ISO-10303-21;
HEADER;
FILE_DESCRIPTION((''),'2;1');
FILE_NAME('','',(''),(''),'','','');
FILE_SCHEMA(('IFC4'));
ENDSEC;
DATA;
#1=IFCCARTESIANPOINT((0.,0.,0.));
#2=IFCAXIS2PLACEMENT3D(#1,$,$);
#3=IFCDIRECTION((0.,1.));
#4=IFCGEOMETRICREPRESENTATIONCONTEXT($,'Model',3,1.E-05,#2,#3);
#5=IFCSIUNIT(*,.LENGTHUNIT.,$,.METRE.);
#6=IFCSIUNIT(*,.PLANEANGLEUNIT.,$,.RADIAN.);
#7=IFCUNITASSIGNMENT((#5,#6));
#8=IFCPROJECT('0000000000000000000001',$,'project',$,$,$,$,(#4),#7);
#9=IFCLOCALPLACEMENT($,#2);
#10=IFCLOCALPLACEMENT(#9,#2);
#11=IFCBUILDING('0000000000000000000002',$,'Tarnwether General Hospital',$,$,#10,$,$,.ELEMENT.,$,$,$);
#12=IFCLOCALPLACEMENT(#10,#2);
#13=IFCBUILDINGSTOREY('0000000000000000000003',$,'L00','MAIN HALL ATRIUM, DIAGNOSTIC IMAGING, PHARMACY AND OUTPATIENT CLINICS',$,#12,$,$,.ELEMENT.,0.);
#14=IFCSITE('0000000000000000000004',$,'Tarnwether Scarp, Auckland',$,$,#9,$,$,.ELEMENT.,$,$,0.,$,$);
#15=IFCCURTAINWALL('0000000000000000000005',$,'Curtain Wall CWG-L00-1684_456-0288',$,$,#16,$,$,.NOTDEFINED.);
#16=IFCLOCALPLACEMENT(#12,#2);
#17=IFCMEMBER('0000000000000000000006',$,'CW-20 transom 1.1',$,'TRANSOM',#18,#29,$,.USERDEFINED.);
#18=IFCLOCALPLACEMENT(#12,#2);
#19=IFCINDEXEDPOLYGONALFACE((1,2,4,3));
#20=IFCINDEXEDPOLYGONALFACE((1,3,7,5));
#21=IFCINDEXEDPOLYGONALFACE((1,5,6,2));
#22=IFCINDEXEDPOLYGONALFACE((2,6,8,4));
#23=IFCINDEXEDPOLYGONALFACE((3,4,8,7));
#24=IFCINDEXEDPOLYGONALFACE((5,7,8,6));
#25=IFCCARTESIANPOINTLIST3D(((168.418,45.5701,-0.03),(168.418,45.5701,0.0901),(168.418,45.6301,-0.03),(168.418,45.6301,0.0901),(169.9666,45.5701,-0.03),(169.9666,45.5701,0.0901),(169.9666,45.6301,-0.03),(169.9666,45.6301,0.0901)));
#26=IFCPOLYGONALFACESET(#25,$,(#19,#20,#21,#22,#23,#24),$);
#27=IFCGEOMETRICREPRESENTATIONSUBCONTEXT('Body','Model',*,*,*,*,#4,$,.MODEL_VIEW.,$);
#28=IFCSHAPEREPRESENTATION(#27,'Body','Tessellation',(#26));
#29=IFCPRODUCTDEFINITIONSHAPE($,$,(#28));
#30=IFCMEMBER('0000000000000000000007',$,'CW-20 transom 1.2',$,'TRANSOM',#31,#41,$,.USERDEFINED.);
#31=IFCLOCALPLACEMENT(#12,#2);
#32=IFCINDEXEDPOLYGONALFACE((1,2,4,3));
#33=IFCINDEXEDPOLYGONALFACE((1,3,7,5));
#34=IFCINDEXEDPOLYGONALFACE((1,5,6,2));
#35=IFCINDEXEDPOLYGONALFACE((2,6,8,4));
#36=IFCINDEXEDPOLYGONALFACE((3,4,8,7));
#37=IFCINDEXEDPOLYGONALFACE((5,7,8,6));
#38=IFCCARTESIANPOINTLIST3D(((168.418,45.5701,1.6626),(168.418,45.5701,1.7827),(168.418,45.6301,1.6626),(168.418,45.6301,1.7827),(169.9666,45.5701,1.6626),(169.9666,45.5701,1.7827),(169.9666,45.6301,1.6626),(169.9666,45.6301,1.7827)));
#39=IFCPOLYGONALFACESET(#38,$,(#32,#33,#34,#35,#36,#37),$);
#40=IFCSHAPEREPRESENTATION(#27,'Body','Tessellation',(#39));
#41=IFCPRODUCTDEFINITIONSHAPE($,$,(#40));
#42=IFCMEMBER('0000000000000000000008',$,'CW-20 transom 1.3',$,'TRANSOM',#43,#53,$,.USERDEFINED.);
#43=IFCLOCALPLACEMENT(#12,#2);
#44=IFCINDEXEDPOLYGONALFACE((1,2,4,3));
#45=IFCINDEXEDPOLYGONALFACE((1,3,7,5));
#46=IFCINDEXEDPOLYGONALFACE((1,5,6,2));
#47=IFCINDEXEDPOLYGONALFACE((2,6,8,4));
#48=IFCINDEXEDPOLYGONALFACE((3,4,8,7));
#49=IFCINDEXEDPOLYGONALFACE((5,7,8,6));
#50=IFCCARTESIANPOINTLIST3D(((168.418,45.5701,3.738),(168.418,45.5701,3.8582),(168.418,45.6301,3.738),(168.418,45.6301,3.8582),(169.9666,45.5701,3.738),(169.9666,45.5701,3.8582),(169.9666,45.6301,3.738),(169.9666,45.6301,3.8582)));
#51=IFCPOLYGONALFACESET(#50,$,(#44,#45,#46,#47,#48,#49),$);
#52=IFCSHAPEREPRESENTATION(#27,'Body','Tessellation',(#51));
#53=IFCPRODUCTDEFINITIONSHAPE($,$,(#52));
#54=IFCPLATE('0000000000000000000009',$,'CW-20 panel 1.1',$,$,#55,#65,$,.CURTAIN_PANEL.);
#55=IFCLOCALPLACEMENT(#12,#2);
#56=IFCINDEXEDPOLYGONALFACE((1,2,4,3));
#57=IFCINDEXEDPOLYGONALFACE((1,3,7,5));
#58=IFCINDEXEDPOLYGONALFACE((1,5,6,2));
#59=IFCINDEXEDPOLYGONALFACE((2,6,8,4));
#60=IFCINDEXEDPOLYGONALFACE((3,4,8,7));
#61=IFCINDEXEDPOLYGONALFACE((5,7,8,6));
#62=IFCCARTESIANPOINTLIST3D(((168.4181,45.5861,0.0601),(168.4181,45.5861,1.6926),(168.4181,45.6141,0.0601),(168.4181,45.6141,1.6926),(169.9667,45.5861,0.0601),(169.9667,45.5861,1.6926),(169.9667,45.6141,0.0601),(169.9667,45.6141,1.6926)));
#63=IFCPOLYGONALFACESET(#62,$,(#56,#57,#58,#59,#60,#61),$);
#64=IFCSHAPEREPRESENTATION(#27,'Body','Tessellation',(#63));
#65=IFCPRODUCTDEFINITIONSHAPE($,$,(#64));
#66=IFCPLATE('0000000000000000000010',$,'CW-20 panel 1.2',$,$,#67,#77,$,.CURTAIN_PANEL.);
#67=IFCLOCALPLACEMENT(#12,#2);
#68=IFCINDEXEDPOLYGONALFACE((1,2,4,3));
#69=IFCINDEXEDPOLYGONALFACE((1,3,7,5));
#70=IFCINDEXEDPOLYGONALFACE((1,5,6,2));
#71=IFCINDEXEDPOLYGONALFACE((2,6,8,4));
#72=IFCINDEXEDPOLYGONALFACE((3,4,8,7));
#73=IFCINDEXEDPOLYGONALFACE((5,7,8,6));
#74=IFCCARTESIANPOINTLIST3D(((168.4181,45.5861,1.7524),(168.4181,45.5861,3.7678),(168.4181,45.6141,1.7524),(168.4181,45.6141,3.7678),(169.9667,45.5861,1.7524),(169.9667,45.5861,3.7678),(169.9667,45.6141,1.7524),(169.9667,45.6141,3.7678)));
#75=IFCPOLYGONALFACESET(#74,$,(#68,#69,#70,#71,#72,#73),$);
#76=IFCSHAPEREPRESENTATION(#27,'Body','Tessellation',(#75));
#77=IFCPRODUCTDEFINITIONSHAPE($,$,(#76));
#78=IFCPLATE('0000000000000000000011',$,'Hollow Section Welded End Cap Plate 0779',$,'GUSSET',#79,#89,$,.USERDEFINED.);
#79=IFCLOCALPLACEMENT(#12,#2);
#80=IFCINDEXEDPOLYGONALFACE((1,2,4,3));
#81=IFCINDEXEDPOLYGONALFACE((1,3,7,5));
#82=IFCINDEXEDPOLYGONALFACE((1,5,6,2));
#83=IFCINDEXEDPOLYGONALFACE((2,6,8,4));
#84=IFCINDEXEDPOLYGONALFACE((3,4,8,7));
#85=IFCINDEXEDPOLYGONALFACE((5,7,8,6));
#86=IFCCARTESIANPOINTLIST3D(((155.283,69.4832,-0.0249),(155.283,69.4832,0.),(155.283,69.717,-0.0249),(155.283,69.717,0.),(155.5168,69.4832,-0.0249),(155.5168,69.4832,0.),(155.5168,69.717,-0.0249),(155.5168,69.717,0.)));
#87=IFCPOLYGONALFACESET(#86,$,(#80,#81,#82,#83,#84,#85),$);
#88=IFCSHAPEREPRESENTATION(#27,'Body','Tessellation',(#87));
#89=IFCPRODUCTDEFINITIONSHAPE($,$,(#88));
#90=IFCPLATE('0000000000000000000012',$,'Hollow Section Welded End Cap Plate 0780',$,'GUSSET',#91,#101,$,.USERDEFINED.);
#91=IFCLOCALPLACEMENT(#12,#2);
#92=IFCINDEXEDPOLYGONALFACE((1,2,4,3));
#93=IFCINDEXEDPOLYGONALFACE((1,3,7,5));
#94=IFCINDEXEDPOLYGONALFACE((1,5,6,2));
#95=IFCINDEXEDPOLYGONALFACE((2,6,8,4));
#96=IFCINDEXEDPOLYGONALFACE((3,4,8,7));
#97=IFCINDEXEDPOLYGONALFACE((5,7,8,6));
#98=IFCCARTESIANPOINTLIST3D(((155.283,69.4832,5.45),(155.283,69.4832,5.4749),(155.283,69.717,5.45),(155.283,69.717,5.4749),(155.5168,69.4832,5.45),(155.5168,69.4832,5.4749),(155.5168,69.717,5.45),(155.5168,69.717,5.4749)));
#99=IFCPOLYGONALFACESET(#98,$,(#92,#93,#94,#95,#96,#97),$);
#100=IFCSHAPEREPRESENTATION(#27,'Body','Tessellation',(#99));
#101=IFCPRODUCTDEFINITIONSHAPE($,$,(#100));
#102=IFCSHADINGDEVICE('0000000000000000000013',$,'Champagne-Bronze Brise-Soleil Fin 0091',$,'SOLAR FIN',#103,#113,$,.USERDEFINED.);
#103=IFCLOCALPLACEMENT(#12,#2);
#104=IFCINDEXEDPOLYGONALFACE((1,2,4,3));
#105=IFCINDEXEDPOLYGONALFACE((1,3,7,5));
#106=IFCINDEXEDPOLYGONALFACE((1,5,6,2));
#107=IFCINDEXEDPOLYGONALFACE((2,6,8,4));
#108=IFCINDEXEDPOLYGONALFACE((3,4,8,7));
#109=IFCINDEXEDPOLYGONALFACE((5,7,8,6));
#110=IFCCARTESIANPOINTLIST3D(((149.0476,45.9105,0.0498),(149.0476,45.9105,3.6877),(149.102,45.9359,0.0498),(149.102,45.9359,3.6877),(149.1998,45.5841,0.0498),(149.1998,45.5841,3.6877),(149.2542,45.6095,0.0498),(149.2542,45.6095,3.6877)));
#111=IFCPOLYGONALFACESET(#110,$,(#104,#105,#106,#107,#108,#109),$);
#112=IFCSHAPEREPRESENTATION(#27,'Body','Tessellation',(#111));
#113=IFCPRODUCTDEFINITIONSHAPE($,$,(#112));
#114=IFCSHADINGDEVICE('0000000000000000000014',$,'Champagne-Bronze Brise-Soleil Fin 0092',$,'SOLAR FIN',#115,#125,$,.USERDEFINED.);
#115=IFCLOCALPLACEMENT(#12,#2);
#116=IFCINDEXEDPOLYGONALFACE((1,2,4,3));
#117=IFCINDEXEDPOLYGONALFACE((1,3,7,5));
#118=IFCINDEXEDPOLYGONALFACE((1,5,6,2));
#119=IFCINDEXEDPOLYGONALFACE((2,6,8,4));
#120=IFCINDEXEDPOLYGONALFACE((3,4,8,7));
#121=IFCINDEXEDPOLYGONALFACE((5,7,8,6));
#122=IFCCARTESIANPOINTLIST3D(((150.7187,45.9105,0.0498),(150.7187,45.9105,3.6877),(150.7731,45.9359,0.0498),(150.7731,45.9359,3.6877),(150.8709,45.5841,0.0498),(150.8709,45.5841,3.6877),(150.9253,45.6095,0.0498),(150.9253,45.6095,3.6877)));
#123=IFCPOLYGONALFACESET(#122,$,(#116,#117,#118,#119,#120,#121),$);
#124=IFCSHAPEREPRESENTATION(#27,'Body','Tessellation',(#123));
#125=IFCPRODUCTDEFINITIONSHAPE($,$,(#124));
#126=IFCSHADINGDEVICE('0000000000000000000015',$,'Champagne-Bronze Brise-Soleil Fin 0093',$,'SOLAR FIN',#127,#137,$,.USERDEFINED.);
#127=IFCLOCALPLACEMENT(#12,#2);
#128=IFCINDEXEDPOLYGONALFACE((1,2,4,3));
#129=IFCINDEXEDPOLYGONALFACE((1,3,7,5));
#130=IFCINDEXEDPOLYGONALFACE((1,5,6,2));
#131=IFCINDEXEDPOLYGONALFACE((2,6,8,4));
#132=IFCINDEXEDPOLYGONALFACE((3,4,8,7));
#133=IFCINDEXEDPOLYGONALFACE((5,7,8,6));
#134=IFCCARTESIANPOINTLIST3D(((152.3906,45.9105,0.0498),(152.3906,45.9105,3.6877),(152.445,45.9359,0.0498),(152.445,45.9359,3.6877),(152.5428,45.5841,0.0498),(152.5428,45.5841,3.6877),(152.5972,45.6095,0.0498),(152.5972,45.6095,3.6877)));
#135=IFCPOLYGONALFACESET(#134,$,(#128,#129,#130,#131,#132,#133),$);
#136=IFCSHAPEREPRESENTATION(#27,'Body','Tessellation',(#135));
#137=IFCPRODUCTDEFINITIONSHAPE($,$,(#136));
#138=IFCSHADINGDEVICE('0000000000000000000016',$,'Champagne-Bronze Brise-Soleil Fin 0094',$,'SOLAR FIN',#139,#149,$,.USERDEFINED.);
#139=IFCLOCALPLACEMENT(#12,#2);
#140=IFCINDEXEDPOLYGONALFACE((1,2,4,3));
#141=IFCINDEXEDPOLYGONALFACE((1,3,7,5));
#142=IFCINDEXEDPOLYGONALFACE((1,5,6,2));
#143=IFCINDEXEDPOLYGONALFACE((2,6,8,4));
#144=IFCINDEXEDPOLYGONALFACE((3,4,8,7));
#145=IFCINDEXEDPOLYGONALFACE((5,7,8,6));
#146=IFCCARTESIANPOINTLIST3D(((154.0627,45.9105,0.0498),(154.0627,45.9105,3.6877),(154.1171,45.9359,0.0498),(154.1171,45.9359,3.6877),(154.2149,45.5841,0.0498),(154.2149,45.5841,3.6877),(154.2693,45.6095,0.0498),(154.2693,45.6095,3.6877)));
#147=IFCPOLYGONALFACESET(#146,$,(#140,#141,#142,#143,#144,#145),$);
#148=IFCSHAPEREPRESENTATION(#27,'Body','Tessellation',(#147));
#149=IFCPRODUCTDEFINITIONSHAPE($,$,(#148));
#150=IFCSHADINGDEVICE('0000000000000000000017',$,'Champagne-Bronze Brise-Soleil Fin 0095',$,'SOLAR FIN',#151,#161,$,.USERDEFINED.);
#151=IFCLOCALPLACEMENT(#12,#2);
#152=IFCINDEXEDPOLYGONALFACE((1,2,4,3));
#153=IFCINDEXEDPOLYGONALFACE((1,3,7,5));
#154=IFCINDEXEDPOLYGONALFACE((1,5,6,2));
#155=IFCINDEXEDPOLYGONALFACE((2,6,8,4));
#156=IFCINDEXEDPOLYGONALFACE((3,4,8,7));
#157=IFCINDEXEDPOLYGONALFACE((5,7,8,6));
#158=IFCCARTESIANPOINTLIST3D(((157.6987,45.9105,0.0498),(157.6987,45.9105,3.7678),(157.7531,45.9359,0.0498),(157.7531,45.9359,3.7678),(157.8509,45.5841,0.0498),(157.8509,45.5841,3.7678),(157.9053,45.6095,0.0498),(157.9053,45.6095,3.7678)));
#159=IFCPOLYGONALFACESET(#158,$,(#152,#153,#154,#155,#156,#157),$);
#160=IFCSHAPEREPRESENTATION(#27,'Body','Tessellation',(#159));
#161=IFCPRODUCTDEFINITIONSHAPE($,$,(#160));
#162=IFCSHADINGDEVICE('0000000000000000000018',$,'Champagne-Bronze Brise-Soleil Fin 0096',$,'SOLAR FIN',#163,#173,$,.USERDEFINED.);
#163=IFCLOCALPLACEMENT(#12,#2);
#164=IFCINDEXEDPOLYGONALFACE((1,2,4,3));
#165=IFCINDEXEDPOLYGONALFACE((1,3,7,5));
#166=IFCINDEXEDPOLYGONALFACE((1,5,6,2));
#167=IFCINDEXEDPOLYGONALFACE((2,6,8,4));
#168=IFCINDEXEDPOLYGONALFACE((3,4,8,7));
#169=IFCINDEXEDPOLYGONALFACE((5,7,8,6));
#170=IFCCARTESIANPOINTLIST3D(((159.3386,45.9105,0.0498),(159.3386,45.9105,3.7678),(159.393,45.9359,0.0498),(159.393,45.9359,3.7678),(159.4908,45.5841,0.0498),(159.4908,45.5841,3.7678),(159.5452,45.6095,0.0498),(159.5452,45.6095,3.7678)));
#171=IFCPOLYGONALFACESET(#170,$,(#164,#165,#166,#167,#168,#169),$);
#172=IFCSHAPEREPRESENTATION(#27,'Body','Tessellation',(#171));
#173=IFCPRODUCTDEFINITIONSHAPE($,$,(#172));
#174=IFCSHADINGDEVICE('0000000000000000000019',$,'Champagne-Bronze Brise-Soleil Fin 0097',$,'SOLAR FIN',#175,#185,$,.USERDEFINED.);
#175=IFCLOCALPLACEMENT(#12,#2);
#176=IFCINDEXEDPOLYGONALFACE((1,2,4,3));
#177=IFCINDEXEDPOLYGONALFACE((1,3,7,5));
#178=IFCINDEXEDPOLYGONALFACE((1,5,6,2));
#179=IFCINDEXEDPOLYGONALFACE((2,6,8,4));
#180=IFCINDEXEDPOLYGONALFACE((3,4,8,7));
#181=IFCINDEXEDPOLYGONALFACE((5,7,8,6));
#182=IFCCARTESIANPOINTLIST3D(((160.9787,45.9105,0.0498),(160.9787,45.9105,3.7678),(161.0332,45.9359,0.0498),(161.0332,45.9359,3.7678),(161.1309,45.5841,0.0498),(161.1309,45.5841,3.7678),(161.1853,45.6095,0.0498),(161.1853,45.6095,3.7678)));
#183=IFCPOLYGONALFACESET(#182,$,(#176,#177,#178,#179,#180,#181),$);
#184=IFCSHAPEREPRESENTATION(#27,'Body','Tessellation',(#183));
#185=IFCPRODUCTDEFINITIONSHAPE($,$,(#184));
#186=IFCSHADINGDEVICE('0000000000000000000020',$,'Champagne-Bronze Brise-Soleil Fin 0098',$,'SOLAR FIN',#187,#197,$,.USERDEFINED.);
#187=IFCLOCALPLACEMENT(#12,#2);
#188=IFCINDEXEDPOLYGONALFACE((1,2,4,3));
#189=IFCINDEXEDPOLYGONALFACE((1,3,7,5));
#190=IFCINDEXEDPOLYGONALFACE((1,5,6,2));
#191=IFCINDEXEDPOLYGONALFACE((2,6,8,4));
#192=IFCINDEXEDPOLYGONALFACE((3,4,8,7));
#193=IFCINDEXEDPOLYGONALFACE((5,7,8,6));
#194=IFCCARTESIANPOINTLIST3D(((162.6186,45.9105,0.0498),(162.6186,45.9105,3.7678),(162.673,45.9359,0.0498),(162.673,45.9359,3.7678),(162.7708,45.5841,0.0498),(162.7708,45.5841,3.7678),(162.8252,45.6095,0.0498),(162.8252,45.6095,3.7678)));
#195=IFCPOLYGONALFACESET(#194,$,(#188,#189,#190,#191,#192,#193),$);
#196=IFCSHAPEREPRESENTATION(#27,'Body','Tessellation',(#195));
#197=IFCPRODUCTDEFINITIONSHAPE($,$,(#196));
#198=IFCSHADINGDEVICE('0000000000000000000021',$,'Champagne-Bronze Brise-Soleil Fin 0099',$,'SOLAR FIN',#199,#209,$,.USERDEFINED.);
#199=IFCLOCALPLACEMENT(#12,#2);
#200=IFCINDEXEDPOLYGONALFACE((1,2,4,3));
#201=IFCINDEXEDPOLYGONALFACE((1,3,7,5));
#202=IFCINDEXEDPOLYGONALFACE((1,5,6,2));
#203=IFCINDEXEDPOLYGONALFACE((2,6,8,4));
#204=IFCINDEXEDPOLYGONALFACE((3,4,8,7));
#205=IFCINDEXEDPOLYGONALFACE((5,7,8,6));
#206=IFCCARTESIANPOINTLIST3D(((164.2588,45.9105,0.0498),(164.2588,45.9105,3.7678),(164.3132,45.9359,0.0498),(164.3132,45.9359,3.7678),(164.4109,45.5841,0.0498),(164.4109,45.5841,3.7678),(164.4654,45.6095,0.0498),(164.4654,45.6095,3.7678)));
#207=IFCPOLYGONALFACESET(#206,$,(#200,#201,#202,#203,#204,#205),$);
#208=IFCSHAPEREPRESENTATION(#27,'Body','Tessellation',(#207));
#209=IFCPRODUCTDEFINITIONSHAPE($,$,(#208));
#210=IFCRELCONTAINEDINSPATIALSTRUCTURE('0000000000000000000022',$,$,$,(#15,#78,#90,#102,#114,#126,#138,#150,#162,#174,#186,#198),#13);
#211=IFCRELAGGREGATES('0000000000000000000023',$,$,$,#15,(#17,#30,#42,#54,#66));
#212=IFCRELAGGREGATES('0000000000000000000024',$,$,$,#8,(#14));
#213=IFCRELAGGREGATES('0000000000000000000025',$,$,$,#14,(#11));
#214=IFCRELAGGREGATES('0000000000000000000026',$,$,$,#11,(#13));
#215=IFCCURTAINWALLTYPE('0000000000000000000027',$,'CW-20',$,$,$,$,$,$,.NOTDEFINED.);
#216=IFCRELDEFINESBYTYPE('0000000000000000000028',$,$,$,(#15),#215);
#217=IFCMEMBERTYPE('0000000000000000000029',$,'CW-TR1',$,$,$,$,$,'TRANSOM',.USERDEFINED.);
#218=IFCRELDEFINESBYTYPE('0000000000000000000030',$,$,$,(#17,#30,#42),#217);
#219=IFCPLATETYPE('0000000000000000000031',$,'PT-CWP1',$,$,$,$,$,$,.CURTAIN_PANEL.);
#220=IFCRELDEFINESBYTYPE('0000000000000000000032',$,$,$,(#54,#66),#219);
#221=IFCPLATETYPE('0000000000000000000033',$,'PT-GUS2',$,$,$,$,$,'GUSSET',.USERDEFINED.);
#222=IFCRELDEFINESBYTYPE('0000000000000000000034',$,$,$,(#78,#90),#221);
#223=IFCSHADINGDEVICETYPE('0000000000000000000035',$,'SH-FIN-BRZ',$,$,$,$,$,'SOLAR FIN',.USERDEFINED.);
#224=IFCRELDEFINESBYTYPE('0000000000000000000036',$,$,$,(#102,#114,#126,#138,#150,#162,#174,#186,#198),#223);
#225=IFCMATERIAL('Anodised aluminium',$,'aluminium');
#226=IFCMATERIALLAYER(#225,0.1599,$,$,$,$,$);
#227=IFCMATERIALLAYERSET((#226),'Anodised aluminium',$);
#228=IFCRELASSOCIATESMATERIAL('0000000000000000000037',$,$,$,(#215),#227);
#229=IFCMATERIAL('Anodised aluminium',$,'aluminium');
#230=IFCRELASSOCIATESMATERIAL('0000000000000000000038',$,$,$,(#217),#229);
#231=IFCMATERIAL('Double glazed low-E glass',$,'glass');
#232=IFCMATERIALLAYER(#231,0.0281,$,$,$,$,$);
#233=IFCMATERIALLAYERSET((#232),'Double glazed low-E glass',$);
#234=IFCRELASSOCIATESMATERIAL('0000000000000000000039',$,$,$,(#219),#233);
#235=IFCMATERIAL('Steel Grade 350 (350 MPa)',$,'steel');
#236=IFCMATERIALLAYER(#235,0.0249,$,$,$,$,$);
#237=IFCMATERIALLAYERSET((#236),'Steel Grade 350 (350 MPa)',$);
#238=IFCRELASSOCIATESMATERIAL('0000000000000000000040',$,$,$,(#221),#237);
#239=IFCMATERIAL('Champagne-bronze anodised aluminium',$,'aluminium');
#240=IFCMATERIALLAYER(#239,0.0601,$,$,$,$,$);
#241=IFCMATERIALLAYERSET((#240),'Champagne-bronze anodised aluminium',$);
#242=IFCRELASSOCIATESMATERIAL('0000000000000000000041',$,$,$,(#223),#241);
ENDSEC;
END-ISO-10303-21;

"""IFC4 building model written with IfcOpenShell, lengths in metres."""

from ifc_helpers import new_model, si_unit, direction, frame, origin, origin_2d, place, context, subcontext, project, spatial, rectangle, extrude, material, layer, layer_set, material_profile, profile_set, type_object, element, aggregate, save


model = new_model("IFC4")

# Units and contexts
model_context = context("Model", 3, precision=1e-05, world=origin(), true_north=direction((0.0, 1.0)))
body_context = subcontext(model_context, "Body", "Model", "MODEL_VIEW")
ifc_project = project(units=[si_unit("LENGTHUNIT", "METRE"), si_unit("PLANEANGLEUNIT", "RADIAN")], contexts=[model_context])

# Site, building, storey
site_placement = place(None, origin())
site = spatial("IfcSite", under=ifc_project, at=site_placement, Name="Tarnwether Scarp, Auckland", CompositionType="ELEMENT", RefElevation=0.0)
building_placement = place(site_placement, origin())
building = spatial("IfcBuilding", under=site, at=building_placement, Name="Tarnwether General Hospital", CompositionType="ELEMENT")
storey_placement = place(building_placement, origin())
storey = spatial("IfcBuildingStorey", under=building, at=storey_placement, Name="L00", Description="MAIN HALL ATRIUM, DIAGNOSTIC IMAGING, PHARMACY AND OUTPATIENT CLINICS", CompositionType="ELEMENT", Elevation=0.0)

# Shared definitions
ifc_material_1 = material(Name="Anodised aluminium", Category="aluminium")
ifc_layer_1 = layer(ifc_material_1, 0.1599)
ifc_layer_set_1 = layer_set([ifc_layer_1], Name="Anodised aluminium")
curtain_wall_type = type_object("IfcCurtainWallType", Name="CW-20", PredefinedType="NOTDEFINED", material=ifc_layer_set_1)

# Curtain wall, members, plates
curtain_wall_1_placement = place(storey_placement, origin())
curtain_wall_1 = element("IfcCurtainWall", 1, at=curtain_wall_1_placement, inside=storey, type_object=curtain_wall_type, Name="Curtain Wall CWG-L00-1684_456-0288", PredefinedType="NOTDEFINED")
ifc_material_2 = material(Name="Anodised aluminium", Category="aluminium")
ifc_material_profile_1 = material_profile(ifc_material_2, rectangle(XDim=0.0601, YDim=0.1201, at=origin_2d()), Name="ALU-TRN-60x120")
ifc_profile_set_1 = profile_set([ifc_material_profile_1], Name="Anodised aluminium")
member_type_1 = type_object("IfcMemberType", Name="CW-TR1", ElementType="TRANSOM", PredefinedType="USERDEFINED", material=ifc_profile_set_1)
member_1_placement = place(storey_placement, frame((168.418, 45.6001, 0.03), z_axis=(1.0, 0.0, 0.0), x_axis=(0.0, 1.0, 0.0)))
member_1 = element("IfcMember", 2, at=member_1_placement, type_object=member_type_1, Name="CW-20 transom 1.1", ObjectType="TRANSOM", PredefinedType="USERDEFINED", context=body_context, shape_type="SweptSolid", body=[
    extrude(rectangle(XDim=0.0601, YDim=0.1201, at=origin_2d()), origin(), (0.0, 0.0, 1.0), 1.5486),
])
member_2_placement = place(storey_placement, frame((168.418, 45.6001, 1.7227), z_axis=(1.0, 0.0, 0.0), x_axis=(0.0, 1.0, 0.0)))
member_2 = element("IfcMember", 3, at=member_2_placement, type_object=member_type_1, Name="CW-20 transom 1.2", ObjectType="TRANSOM", PredefinedType="USERDEFINED", context=body_context, shape_type="SweptSolid", body=[
    extrude(rectangle(XDim=0.0601, YDim=0.1201, at=origin_2d()), origin(), (0.0, 0.0, 1.0), 1.5486),
])
member_3_placement = place(storey_placement, frame((168.418, 45.6001, 3.7981), z_axis=(1.0, 0.0, 0.0), x_axis=(0.0, 1.0, 0.0)))
member_3 = element("IfcMember", 4, at=member_3_placement, type_object=member_type_1, Name="CW-20 transom 1.3", ObjectType="TRANSOM", PredefinedType="USERDEFINED", context=body_context, shape_type="SweptSolid", body=[
    extrude(rectangle(XDim=0.0601, YDim=0.1201, at=origin_2d()), origin(), (0.0, 0.0, 1.0), 1.5486),
])
ifc_material_3 = material(Name="Double glazed low-E glass", Category="glass")
ifc_layer_2 = layer(ifc_material_3, 0.0281)
ifc_layer_set_2 = layer_set([ifc_layer_2], Name="Double glazed low-E glass")
plate_type_1 = type_object("IfcPlateType", Name="PT-CWP1", PredefinedType="CURTAIN_PANEL", material=ifc_layer_set_2)
plate_1_placement = place(storey_placement, frame((169.1924, 45.6001, 0.0601), z_axis=(0.0, 0.0, 1.0), x_axis=(1.0, 0.0, 0.0)))
plate_1 = element("IfcPlate", 5, at=plate_1_placement, type_object=plate_type_1, Name="CW-20 panel 1.1", PredefinedType="CURTAIN_PANEL", context=body_context, shape_type="SweptSolid", body=[
    extrude(rectangle(XDim=1.5486, YDim=0.0281, at=origin_2d()), origin(), (0.0, 0.0, 1.0), 1.6326),
])
plate_2_placement = place(storey_placement, frame((169.1924, 45.6001, 1.7524), z_axis=(0.0, 0.0, 1.0), x_axis=(1.0, 0.0, 0.0)))
plate_2 = element("IfcPlate", 6, at=plate_2_placement, type_object=plate_type_1, Name="CW-20 panel 1.2", PredefinedType="CURTAIN_PANEL", context=body_context, shape_type="SweptSolid", body=[
    extrude(rectangle(XDim=1.5486, YDim=0.0281, at=origin_2d()), origin(), (0.0, 0.0, 1.0), 2.0154),
])
aggregate(curtain_wall_1, [member_1, member_2, member_3, plate_1, plate_2])

# Plates
ifc_material_4 = material(Name="Steel Grade 350 (350 MPa)", Category="steel")
ifc_layer_3 = layer(ifc_material_4, 0.0249)
ifc_layer_set_3 = layer_set([ifc_layer_3], Name="Steel Grade 350 (350 MPa)")
plate_type_2 = type_object("IfcPlateType", Name="PT-GUS2", ElementType="GUSSET", PredefinedType="USERDEFINED", material=ifc_layer_set_3)
for number, where, z_axis, x_axis, name in (
    (7, (155.3999, 69.6001, -0.0249), (0.0, 0.0, 1.0), (1.0, 0.0, 0.0), "Hollow Section Welded End Cap Plate 0779"),
    (8, (155.3999, 69.6001, 5.45), (0.0, 0.0, 1.0), (1.0, 0.0, 0.0), "Hollow Section Welded End Cap Plate 0780"),
):
    element("IfcPlate", number, at=place(storey_placement, frame(where, z_axis=z_axis, x_axis=x_axis)), inside=storey, type_object=plate_type_2, Name=name, ObjectType="GUSSET", PredefinedType="USERDEFINED", context=body_context, shape_type="SweptSolid", body=[
        extrude(rectangle(XDim=0.2339, YDim=0.2339, at=origin_2d()), origin(), (0.0, 0.0, 1.0), 0.0249),
    ])

# Shading devices
ifc_material_5 = material(Name="Champagne-bronze anodised aluminium", Category="aluminium")
ifc_layer_4 = layer(ifc_material_5, 0.0601)
ifc_layer_set_4 = layer_set([ifc_layer_4], Name="Champagne-bronze anodised aluminium")
shading_device_type = type_object("IfcShadingDeviceType", Name="SH-FIN-BRZ", ElementType="SOLAR FIN", PredefinedType="USERDEFINED", material=ifc_layer_set_4)
for number, where, z_axis, x_axis, name in (
    (9, (149.1509, 45.76, 0.0498), (0.0, 0.0, 1.0), (0.906308, 0.422618, 0.0), "Champagne-Bronze Brise-Soleil Fin 0091"),
    (10, (150.822, 45.76, 0.0498), (0.0, 0.0, 1.0), (0.906308, 0.422618, 0.0), "Champagne-Bronze Brise-Soleil Fin 0092"),
    (11, (152.4939, 45.76, 0.0498), (0.0, 0.0, 1.0), (0.906308, 0.422618, 0.0), "Champagne-Bronze Brise-Soleil Fin 0093"),
    (12, (154.166, 45.76, 0.0498), (0.0, 0.0, 1.0), (0.906308, 0.422618, 0.0), "Champagne-Bronze Brise-Soleil Fin 0094"),
):
    element("IfcShadingDevice", number, at=place(storey_placement, frame(where, z_axis=z_axis, x_axis=x_axis)), inside=storey, type_object=shading_device_type, Name=name, ObjectType="SOLAR FIN", PredefinedType="USERDEFINED", context=body_context, shape_type="SweptSolid", body=[
        extrude(rectangle(XDim=0.0601, YDim=0.3601, at=origin_2d()), origin(), (0.0, 0.0, 1.0), 3.6379),
    ])
for number, where, z_axis, x_axis, name in (
    (13, (157.802, 45.76, 0.0498), (0.0, 0.0, 1.0), (0.906308, 0.422618, 0.0), "Champagne-Bronze Brise-Soleil Fin 0095"),
    (14, (159.4419, 45.76, 0.0498), (0.0, 0.0, 1.0), (0.906308, 0.422618, 0.0), "Champagne-Bronze Brise-Soleil Fin 0096"),
    (15, (161.082, 45.76, 0.0498), (0.0, 0.0, 1.0), (0.906308, 0.422618, 0.0), "Champagne-Bronze Brise-Soleil Fin 0097"),
    (16, (162.7219, 45.76, 0.0498), (0.0, 0.0, 1.0), (0.906308, 0.422618, 0.0), "Champagne-Bronze Brise-Soleil Fin 0098"),
    (17, (164.3621, 45.76, 0.0498), (0.0, 0.0, 1.0), (0.906308, 0.422618, 0.0), "Champagne-Bronze Brise-Soleil Fin 0099"),
):
    element("IfcShadingDevice", number, at=place(storey_placement, frame(where, z_axis=z_axis, x_axis=x_axis)), inside=storey, type_object=shading_device_type, Name=name, ObjectType="SOLAR FIN", PredefinedType="USERDEFINED", context=body_context, shape_type="SweptSolid", body=[
        extrude(rectangle(XDim=0.0601, YDim=0.3601, at=origin_2d()), origin(), (0.0, 0.0, 1.0), 3.718),
    ])

save(model, "model.ifc")
